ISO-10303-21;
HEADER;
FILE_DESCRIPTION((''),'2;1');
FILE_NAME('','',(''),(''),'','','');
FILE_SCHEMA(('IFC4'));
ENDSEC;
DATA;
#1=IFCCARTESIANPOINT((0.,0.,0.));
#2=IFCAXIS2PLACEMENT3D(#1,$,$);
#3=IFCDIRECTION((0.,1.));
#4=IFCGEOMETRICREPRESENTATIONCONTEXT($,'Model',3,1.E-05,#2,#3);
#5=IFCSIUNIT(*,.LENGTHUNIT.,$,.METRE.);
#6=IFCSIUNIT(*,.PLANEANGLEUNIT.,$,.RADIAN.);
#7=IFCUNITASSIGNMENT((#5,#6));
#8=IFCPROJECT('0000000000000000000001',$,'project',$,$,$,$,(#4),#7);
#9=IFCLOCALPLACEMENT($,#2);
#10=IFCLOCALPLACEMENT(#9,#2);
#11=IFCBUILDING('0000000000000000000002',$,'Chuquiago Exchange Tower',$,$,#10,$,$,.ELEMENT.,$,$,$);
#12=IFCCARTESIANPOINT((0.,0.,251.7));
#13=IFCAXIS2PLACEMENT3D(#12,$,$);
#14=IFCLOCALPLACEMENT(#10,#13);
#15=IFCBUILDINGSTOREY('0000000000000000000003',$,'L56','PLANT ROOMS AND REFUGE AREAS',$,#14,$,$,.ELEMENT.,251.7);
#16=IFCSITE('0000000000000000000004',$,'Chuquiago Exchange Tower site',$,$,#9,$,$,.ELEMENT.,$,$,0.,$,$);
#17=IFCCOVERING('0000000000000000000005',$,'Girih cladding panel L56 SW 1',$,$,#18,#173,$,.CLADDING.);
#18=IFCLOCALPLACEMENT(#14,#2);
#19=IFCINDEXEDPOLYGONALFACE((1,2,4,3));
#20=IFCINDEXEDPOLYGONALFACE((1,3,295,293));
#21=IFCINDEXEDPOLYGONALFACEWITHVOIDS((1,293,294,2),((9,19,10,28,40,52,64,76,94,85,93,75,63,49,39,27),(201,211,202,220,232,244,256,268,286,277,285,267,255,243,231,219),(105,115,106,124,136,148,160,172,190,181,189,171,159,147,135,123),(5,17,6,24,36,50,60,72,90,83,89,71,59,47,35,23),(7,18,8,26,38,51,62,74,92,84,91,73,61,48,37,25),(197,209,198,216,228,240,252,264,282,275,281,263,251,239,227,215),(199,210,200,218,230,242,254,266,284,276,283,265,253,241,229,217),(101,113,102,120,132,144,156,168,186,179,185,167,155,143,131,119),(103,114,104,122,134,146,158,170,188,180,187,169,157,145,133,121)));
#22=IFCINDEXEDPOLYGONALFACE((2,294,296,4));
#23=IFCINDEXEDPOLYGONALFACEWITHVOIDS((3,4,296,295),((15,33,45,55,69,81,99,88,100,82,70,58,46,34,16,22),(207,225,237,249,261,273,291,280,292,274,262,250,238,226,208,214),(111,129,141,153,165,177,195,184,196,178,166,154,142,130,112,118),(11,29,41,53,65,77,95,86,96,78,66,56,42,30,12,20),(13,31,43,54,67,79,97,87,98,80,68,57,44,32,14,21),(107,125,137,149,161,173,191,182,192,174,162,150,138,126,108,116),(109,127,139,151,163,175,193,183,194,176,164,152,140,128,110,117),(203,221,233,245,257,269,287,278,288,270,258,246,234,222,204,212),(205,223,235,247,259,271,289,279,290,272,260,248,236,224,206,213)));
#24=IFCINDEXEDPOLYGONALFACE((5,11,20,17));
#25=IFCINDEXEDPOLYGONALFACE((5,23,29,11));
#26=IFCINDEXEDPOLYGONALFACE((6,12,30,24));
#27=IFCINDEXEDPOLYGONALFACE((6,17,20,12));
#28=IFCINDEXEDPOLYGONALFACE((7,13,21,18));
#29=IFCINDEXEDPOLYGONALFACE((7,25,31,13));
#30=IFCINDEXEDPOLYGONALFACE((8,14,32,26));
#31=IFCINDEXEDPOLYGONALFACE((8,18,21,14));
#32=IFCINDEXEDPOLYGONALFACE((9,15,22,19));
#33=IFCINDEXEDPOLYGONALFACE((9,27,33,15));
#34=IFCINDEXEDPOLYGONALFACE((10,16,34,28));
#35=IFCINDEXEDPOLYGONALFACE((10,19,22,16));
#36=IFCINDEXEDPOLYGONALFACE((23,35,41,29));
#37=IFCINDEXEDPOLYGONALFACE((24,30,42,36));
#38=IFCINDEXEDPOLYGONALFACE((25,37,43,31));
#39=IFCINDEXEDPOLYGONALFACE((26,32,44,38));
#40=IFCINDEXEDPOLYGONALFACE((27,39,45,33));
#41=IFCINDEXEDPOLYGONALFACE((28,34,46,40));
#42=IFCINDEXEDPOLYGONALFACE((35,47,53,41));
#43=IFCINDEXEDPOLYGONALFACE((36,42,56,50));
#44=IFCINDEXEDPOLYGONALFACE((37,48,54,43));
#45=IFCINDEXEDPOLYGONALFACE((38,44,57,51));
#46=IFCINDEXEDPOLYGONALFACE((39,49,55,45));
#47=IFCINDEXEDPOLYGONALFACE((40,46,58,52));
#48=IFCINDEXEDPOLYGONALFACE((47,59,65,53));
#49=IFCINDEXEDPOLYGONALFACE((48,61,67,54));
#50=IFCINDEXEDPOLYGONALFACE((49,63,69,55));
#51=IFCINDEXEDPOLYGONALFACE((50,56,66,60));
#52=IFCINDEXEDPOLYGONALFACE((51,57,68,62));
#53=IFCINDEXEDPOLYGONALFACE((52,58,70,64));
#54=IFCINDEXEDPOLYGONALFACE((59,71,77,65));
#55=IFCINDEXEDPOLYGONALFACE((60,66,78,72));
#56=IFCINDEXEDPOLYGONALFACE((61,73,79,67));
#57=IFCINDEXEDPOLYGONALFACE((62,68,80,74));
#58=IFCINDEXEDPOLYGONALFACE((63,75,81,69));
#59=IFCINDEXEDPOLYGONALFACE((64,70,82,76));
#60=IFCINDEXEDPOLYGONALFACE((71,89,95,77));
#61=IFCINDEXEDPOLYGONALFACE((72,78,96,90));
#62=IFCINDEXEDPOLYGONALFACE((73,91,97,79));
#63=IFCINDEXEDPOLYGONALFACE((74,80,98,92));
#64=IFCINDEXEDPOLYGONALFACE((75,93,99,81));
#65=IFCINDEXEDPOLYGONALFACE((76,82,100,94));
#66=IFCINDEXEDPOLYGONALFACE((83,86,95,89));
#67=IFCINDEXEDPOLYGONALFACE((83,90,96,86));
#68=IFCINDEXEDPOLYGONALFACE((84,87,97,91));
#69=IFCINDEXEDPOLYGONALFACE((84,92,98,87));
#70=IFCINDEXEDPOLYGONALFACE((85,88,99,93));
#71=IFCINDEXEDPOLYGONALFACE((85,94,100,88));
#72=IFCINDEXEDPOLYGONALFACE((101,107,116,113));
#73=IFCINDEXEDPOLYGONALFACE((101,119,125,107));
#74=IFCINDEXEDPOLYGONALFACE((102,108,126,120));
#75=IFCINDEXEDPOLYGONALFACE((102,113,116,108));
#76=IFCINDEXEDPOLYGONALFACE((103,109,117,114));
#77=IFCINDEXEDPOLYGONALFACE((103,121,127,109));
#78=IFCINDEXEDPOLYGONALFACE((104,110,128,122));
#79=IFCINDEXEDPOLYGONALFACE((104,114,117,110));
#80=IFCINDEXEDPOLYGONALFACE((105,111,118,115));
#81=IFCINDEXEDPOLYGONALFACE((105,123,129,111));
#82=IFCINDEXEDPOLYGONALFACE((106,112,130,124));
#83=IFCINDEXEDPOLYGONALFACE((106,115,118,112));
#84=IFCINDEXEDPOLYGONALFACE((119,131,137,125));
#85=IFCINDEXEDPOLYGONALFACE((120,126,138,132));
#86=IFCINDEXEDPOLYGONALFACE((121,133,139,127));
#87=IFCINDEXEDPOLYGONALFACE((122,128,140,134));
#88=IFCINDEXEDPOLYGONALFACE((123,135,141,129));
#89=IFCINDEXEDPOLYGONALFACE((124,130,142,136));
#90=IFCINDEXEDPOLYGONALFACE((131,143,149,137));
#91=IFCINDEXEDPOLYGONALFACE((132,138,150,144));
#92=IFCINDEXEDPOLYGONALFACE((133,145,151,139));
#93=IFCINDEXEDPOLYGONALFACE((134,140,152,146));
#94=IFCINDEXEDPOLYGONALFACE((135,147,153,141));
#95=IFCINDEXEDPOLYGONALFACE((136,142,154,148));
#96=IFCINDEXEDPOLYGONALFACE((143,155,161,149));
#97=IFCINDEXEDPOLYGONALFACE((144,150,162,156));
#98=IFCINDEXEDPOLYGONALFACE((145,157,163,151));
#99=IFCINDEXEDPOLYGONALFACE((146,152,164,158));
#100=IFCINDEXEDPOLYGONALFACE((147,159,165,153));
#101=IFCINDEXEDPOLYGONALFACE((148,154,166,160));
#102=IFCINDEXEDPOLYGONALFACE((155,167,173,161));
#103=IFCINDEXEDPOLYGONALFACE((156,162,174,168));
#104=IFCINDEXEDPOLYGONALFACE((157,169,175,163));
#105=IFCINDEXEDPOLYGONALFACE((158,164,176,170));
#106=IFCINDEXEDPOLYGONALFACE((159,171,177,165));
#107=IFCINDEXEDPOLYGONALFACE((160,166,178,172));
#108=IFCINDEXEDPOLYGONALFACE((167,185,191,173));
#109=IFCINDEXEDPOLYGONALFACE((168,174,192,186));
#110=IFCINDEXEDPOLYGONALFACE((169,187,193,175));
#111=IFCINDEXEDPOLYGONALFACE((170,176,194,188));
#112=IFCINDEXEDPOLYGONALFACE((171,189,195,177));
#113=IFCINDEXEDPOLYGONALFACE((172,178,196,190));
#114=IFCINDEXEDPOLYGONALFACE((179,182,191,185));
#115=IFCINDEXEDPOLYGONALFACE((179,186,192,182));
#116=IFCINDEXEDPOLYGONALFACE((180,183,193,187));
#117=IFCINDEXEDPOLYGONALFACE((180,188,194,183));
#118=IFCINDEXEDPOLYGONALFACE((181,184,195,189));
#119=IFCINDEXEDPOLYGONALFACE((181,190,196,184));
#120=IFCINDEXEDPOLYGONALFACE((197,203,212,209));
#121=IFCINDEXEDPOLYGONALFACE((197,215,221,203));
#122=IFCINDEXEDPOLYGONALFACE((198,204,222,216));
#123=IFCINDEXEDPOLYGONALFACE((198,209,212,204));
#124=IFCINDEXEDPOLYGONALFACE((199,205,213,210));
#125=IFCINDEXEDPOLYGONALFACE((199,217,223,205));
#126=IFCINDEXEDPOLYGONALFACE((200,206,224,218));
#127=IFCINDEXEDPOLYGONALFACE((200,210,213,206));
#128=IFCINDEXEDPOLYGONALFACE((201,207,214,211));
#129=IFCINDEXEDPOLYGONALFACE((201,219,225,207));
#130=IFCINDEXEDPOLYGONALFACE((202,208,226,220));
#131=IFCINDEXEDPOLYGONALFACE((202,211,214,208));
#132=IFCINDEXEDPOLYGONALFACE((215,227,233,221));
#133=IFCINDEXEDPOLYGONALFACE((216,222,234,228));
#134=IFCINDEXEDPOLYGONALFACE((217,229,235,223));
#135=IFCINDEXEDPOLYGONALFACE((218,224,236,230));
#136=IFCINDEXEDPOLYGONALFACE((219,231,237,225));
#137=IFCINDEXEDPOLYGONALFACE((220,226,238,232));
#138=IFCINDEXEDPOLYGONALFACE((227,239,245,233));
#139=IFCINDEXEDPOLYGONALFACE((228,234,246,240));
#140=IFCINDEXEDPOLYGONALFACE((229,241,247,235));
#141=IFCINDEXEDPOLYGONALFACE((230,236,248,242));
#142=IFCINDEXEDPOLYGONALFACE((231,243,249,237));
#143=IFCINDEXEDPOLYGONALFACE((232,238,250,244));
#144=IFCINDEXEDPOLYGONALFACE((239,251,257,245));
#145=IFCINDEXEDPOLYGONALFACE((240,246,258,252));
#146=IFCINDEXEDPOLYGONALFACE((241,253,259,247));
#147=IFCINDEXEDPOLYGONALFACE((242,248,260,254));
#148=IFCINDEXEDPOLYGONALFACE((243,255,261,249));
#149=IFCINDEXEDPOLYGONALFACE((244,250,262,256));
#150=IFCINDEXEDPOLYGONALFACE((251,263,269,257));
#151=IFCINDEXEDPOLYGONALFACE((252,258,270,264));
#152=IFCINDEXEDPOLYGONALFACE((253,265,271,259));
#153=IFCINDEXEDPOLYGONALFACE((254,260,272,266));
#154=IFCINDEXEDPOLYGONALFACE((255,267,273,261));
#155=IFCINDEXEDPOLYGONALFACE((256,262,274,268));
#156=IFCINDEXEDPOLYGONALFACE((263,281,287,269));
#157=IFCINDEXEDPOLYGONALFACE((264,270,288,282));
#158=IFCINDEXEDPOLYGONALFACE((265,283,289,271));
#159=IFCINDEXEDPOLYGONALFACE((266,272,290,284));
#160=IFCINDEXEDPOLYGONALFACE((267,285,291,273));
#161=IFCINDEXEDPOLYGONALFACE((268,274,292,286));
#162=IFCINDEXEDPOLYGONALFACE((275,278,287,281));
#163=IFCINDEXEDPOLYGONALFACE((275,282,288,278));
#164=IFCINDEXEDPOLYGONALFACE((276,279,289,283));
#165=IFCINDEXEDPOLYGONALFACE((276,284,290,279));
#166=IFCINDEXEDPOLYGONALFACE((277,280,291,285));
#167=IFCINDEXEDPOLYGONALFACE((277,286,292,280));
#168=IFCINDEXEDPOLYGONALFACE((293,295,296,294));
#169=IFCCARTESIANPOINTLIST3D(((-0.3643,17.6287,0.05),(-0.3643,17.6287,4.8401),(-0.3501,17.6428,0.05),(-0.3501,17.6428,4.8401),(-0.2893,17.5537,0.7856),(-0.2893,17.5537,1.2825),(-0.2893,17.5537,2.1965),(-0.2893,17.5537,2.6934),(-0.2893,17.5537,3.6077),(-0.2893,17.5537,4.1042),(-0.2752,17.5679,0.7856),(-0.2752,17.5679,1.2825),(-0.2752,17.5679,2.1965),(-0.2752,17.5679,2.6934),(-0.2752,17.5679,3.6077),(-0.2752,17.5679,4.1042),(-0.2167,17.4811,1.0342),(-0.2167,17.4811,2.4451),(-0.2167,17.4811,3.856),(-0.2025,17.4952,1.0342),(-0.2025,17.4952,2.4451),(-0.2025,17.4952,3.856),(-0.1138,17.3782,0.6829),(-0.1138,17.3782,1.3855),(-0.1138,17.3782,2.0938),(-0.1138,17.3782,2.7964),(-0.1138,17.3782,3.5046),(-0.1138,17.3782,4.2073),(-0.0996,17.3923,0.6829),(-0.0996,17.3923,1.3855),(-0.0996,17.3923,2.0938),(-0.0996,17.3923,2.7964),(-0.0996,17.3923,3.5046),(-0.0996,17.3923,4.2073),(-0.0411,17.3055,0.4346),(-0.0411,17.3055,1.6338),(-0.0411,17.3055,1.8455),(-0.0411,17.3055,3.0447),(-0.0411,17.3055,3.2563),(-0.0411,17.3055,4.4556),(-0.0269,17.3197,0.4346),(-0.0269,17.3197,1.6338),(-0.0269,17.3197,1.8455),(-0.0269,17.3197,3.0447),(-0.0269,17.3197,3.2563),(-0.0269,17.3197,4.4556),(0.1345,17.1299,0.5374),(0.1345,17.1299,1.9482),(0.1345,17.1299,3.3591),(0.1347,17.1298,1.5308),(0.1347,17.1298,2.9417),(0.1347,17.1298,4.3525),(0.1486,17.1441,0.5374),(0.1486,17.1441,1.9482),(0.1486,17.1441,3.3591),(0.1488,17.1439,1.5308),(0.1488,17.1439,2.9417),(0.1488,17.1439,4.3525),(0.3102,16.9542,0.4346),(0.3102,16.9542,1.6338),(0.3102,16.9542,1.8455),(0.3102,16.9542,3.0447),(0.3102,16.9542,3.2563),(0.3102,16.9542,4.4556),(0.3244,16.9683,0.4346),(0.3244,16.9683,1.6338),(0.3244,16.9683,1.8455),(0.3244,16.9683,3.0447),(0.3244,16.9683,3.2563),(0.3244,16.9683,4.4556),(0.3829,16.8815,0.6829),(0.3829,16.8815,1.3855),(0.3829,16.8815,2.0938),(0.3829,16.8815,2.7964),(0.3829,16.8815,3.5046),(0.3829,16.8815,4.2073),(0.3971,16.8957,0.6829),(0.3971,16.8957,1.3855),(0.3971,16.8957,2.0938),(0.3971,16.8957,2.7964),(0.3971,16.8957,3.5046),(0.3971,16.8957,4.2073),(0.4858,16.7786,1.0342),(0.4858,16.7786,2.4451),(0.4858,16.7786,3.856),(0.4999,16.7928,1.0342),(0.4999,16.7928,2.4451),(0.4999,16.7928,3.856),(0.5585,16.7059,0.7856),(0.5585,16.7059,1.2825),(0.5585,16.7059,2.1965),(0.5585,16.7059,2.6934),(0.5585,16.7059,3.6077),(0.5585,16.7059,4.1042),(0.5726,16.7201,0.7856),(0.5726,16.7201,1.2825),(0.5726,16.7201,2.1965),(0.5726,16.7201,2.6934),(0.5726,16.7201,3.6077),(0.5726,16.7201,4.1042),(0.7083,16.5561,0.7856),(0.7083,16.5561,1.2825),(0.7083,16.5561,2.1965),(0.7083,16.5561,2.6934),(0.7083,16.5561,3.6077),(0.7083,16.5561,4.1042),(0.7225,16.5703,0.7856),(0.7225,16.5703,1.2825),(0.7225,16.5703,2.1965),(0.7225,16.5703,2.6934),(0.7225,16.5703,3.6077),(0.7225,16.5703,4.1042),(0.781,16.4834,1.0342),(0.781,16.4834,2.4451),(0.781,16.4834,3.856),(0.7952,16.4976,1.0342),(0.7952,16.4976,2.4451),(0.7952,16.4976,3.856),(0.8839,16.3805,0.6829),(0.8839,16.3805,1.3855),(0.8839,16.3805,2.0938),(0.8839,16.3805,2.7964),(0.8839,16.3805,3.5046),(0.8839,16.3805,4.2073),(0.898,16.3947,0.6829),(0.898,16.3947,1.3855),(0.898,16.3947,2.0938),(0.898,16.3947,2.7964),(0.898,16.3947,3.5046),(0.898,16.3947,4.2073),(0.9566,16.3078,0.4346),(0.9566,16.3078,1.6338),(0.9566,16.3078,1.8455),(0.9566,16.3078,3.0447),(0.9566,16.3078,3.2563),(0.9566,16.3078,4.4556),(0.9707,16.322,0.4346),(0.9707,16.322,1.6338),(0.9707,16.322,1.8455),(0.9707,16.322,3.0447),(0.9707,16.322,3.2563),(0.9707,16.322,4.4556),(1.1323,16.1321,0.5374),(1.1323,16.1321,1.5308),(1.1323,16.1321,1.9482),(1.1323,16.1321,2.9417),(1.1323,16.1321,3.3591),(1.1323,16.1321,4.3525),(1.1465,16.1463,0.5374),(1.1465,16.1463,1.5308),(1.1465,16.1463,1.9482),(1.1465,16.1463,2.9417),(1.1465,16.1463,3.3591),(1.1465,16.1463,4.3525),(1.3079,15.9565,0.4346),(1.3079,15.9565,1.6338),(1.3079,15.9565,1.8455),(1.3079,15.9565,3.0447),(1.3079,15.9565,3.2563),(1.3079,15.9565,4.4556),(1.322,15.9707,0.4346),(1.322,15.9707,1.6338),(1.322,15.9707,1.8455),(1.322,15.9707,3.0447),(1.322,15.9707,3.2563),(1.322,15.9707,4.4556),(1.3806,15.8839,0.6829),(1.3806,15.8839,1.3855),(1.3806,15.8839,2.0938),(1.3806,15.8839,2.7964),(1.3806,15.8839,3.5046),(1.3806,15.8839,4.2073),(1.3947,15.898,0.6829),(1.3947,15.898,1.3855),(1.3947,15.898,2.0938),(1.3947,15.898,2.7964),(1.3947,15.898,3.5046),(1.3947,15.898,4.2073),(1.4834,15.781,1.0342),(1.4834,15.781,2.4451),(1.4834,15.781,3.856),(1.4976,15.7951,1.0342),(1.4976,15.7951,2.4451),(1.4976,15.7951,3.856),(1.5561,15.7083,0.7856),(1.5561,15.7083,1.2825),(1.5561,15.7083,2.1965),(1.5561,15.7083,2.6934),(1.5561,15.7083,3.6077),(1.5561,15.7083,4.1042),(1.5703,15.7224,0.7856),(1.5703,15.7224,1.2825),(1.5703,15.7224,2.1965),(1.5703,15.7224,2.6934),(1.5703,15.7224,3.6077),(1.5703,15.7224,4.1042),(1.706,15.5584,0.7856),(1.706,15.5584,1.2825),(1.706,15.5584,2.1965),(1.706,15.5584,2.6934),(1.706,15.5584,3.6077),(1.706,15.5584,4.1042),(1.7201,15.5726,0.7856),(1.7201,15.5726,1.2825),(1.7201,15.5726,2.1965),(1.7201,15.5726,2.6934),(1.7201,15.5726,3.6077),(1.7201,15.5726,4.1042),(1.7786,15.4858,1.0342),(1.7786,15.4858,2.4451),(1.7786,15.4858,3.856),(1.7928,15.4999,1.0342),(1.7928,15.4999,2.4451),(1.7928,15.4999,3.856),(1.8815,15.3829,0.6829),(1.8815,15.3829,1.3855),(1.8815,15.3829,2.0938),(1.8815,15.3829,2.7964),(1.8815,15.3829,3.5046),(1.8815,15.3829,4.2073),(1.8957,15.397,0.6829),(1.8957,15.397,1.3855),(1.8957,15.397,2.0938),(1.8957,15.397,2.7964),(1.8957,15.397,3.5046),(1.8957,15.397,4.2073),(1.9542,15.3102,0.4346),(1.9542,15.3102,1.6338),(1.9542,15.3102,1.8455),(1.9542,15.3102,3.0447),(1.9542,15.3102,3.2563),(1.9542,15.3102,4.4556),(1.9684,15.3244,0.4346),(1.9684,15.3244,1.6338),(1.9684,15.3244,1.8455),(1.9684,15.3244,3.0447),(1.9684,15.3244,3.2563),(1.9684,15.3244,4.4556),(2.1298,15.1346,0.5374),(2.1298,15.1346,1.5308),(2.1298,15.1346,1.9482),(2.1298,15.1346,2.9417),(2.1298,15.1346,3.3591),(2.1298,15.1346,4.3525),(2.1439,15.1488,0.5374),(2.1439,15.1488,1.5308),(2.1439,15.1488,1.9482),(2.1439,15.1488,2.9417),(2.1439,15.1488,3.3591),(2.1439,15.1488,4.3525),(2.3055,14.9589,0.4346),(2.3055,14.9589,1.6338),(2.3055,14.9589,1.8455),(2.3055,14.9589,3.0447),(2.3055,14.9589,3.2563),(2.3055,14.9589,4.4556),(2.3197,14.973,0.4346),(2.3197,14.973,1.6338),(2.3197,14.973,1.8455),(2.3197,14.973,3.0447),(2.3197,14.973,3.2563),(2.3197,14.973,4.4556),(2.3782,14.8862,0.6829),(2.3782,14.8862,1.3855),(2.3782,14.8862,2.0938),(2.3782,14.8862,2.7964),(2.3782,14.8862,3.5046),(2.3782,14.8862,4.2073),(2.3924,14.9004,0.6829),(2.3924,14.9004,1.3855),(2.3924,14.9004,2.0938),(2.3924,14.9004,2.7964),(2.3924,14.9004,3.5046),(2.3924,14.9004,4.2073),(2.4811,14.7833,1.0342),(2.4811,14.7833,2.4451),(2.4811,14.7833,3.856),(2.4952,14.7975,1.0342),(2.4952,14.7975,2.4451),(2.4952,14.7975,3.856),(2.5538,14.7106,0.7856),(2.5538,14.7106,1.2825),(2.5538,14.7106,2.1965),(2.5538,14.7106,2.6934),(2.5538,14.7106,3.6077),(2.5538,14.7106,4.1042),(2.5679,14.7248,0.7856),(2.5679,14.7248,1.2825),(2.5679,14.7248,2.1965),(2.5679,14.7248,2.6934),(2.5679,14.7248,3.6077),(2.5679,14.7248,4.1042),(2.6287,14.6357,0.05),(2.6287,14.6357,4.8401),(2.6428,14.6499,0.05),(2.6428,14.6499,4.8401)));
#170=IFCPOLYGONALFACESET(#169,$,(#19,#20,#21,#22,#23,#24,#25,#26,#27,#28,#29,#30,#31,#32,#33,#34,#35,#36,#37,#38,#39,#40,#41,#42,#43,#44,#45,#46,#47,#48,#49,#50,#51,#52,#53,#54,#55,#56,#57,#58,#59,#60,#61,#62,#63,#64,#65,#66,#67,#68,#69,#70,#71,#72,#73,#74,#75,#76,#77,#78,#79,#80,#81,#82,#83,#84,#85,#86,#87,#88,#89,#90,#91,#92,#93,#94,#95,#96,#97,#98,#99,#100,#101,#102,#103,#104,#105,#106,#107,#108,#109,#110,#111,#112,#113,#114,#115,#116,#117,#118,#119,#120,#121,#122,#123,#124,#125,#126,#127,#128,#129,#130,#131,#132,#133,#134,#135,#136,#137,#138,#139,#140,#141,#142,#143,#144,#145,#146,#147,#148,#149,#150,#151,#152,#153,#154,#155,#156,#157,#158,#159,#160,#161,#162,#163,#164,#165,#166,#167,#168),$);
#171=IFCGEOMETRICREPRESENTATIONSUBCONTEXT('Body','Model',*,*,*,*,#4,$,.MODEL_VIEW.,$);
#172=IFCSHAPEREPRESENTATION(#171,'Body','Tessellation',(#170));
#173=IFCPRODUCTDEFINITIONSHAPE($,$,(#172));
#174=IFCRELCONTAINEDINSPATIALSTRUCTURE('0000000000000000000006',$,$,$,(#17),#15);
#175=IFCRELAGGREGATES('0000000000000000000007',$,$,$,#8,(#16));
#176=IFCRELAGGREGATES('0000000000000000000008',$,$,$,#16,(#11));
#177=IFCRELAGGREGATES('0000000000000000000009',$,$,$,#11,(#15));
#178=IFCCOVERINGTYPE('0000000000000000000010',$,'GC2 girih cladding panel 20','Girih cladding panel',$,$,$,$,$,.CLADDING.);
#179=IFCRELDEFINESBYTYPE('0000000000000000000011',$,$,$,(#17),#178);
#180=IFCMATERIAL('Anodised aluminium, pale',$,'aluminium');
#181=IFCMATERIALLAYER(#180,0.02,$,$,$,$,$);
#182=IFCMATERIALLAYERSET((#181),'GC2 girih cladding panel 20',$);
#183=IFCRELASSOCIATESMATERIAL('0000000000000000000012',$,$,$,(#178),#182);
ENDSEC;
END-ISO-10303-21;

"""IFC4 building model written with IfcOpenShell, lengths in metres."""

from ifc_helpers import new_model, si_unit, direction, frame, origin, place, context, subcontext, project, spatial, polyline, outline, extrude, material, layer, layer_set, type_object, element, save


model = new_model("IFC4")

# Units and contexts
model_context = context("Model", 3, precision=1e-05, world=origin(), true_north=direction((0.0, 1.0)))
body_context = subcontext(model_context, "Body", "Model", "MODEL_VIEW")
ifc_project = project(units=[si_unit("LENGTHUNIT", "METRE"), si_unit("PLANEANGLEUNIT", "RADIAN")], contexts=[model_context])

# Site, building, storey
site_placement = place(None, origin())
site = spatial("IfcSite", under=ifc_project, at=site_placement, Name="Chuquiago Exchange Tower site", CompositionType="ELEMENT", RefElevation=0.0)
building_placement = place(site_placement, origin())
building = spatial("IfcBuilding", under=site, at=building_placement, Name="Chuquiago Exchange Tower", CompositionType="ELEMENT")
storey_placement = place(building_placement, frame((0.0, 0.0, 251.7)))
storey = spatial("IfcBuildingStorey", under=building, at=storey_placement, Name="L56", Description="PLANT ROOMS AND REFUGE AREAS", CompositionType="ELEMENT", Elevation=251.7)

# Covering
ifc_material_1 = material(Name="Anodised aluminium, pale", Category="aluminium")
ifc_layer_1 = layer(ifc_material_1, 0.02)
ifc_layer_set_1 = layer_set([ifc_layer_1], Name="GC2 girih cladding panel 20")
covering_type_1 = type_object("IfcCoveringType", Name="GC2 girih cladding panel 20", Description="Girih cladding panel", PredefinedType="CLADDING", material=ifc_layer_set_1)
covering_1_placement = place(storey_placement, frame((-0.3501, 17.6428, 0.05), z_axis=(0.0, 0.0, 1.0), x_axis=(0.707107, -0.707107, 0.0)))
element("IfcCovering", 1, at=covering_1_placement, inside=storey, type_object=covering_type_1, Name="Girih cladding panel L56 SW 1", PredefinedType="CLADDING", context=body_context, shape_type="SweptSolid", body=[
    extrude(outline(polyline([(0.0, 0.0), (4.2327, 0.0), (4.2327, 4.79), (0.0, 4.79), (0.0, 0.0)]), holes=[polyline([(1.2021, 0.9841), (1.3049, 1.2324), (1.0566, 1.3354), (0.9539, 1.5837), (0.7056, 1.4807), (0.457, 1.5837), (0.3542, 1.3354), (0.106, 1.2324), (0.2087, 0.9841), (0.106, 0.7356), (0.3542, 0.6328), (0.457, 0.3845), (0.7053, 0.4873), (0.9539, 0.3845), (1.0566, 0.6328), (1.3049, 0.7356), (1.2021, 0.9841)]), polyline([(2.613, 0.9841), (2.7158, 1.2324), (2.4675, 1.3354), (2.3647, 1.5837), (2.1165, 1.4807), (1.8679, 1.5837), (1.7651, 1.3354), (1.5168, 1.2324), (1.6196, 0.9841), (1.5168, 0.7356), (1.7651, 0.6328), (1.8679, 0.3845), (2.1165, 0.4873), (2.3647, 0.3845), (2.4675, 0.6328), (2.7158, 0.7356), (2.613, 0.9841)]), polyline([(4.0239, 0.9841), (4.1267, 1.2324), (3.8784, 1.3354), (3.7756, 1.5837), (3.5271, 1.4807), (3.2788, 1.5837), (3.176, 1.3354), (2.9277, 1.2324), (3.0305, 0.9841), (2.9277, 0.7356), (3.176, 0.6328), (3.2788, 0.3845), (3.5271, 0.4873), (3.7756, 0.3845), (3.8784, 0.6328), (4.1267, 0.7356), (4.0239, 0.9841)]), polyline([(1.2021, 2.395), (1.3049, 2.6433), (1.0566, 2.7463), (0.9539, 2.9946), (0.7056, 2.8916), (0.457, 2.9946), (0.3542, 2.7463), (0.106, 2.6433), (0.2087, 2.395), (0.106, 2.1465), (0.3542, 2.0437), (0.457, 1.7954), (0.7053, 1.8982), (0.9539, 1.7954), (1.0566, 2.0437), (1.3049, 2.1465), (1.2021, 2.395)]), polyline([(2.613, 2.395), (2.7158, 2.6433), (2.4675, 2.7463), (2.3647, 2.9946), (2.1165, 2.8916), (1.8679, 2.9946), (1.7651, 2.7463), (1.5168, 2.6433), (1.6196, 2.395), (1.5168, 2.1465), (1.7651, 2.0437), (1.8679, 1.7954), (2.1165, 1.8982), (2.3647, 1.7954), (2.4675, 2.0437), (2.7158, 2.1465), (2.613, 2.395)]), polyline([(4.0239, 2.395), (4.1267, 2.6433), (3.8784, 2.7463), (3.7756, 2.9946), (3.5271, 2.8916), (3.2788, 2.9946), (3.176, 2.7463), (2.9277, 2.6433), (3.0305, 2.395), (2.9277, 2.1465), (3.176, 2.0437), (3.2788, 1.7954), (3.5271, 1.8982), (3.7756, 1.7954), (3.8784, 2.0437), (4.1267, 2.1465), (4.0239, 2.395)]), polyline([(1.2021, 3.8059), (1.3049, 4.0542), (1.0566, 4.1572), (0.9539, 4.4055), (0.7056, 4.3025), (0.457, 4.4055), (0.3542, 4.1572), (0.106, 4.0542), (0.2087, 3.8059), (0.106, 3.5576), (0.3542, 3.4546), (0.457, 3.2063), (0.7053, 3.3091), (0.9539, 3.2063), (1.0566, 3.4546), (1.3049, 3.5576), (1.2021, 3.8059)]), polyline([(2.613, 3.8059), (2.7158, 4.0542), (2.4675, 4.1572), (2.3647, 4.4055), (2.1165, 4.3025), (1.8679, 4.4055), (1.7651, 4.1572), (1.5168, 4.0542), (1.6196, 3.8059), (1.5168, 3.5576), (1.7651, 3.4546), (1.8679, 3.2063), (2.1165, 3.3091), (2.3647, 3.2063), (2.4675, 3.4546), (2.7158, 3.5576), (2.613, 3.8059)]), polyline([(4.0239, 3.8059), (4.1267, 4.0542), (3.8784, 4.1572), (3.7756, 4.4055), (3.5271, 4.3025), (3.2788, 4.4055), (3.176, 4.1572), (2.9277, 4.0542), (3.0305, 3.8059), (2.9277, 3.5576), (3.176, 3.4546), (3.2788, 3.2063), (3.5271, 3.3091), (3.7756, 3.2063), (3.8784, 3.4546), (4.1267, 3.5576), (4.0239, 3.8059)])]), frame((0.0, 0.0, 0.0), z_axis=(0.0, -1.0, 0.0), x_axis=(1.0, 0.0, 0.0)), (0.0, 0.0, 1.0), 0.02),
])

save(model, "model.ifc")
